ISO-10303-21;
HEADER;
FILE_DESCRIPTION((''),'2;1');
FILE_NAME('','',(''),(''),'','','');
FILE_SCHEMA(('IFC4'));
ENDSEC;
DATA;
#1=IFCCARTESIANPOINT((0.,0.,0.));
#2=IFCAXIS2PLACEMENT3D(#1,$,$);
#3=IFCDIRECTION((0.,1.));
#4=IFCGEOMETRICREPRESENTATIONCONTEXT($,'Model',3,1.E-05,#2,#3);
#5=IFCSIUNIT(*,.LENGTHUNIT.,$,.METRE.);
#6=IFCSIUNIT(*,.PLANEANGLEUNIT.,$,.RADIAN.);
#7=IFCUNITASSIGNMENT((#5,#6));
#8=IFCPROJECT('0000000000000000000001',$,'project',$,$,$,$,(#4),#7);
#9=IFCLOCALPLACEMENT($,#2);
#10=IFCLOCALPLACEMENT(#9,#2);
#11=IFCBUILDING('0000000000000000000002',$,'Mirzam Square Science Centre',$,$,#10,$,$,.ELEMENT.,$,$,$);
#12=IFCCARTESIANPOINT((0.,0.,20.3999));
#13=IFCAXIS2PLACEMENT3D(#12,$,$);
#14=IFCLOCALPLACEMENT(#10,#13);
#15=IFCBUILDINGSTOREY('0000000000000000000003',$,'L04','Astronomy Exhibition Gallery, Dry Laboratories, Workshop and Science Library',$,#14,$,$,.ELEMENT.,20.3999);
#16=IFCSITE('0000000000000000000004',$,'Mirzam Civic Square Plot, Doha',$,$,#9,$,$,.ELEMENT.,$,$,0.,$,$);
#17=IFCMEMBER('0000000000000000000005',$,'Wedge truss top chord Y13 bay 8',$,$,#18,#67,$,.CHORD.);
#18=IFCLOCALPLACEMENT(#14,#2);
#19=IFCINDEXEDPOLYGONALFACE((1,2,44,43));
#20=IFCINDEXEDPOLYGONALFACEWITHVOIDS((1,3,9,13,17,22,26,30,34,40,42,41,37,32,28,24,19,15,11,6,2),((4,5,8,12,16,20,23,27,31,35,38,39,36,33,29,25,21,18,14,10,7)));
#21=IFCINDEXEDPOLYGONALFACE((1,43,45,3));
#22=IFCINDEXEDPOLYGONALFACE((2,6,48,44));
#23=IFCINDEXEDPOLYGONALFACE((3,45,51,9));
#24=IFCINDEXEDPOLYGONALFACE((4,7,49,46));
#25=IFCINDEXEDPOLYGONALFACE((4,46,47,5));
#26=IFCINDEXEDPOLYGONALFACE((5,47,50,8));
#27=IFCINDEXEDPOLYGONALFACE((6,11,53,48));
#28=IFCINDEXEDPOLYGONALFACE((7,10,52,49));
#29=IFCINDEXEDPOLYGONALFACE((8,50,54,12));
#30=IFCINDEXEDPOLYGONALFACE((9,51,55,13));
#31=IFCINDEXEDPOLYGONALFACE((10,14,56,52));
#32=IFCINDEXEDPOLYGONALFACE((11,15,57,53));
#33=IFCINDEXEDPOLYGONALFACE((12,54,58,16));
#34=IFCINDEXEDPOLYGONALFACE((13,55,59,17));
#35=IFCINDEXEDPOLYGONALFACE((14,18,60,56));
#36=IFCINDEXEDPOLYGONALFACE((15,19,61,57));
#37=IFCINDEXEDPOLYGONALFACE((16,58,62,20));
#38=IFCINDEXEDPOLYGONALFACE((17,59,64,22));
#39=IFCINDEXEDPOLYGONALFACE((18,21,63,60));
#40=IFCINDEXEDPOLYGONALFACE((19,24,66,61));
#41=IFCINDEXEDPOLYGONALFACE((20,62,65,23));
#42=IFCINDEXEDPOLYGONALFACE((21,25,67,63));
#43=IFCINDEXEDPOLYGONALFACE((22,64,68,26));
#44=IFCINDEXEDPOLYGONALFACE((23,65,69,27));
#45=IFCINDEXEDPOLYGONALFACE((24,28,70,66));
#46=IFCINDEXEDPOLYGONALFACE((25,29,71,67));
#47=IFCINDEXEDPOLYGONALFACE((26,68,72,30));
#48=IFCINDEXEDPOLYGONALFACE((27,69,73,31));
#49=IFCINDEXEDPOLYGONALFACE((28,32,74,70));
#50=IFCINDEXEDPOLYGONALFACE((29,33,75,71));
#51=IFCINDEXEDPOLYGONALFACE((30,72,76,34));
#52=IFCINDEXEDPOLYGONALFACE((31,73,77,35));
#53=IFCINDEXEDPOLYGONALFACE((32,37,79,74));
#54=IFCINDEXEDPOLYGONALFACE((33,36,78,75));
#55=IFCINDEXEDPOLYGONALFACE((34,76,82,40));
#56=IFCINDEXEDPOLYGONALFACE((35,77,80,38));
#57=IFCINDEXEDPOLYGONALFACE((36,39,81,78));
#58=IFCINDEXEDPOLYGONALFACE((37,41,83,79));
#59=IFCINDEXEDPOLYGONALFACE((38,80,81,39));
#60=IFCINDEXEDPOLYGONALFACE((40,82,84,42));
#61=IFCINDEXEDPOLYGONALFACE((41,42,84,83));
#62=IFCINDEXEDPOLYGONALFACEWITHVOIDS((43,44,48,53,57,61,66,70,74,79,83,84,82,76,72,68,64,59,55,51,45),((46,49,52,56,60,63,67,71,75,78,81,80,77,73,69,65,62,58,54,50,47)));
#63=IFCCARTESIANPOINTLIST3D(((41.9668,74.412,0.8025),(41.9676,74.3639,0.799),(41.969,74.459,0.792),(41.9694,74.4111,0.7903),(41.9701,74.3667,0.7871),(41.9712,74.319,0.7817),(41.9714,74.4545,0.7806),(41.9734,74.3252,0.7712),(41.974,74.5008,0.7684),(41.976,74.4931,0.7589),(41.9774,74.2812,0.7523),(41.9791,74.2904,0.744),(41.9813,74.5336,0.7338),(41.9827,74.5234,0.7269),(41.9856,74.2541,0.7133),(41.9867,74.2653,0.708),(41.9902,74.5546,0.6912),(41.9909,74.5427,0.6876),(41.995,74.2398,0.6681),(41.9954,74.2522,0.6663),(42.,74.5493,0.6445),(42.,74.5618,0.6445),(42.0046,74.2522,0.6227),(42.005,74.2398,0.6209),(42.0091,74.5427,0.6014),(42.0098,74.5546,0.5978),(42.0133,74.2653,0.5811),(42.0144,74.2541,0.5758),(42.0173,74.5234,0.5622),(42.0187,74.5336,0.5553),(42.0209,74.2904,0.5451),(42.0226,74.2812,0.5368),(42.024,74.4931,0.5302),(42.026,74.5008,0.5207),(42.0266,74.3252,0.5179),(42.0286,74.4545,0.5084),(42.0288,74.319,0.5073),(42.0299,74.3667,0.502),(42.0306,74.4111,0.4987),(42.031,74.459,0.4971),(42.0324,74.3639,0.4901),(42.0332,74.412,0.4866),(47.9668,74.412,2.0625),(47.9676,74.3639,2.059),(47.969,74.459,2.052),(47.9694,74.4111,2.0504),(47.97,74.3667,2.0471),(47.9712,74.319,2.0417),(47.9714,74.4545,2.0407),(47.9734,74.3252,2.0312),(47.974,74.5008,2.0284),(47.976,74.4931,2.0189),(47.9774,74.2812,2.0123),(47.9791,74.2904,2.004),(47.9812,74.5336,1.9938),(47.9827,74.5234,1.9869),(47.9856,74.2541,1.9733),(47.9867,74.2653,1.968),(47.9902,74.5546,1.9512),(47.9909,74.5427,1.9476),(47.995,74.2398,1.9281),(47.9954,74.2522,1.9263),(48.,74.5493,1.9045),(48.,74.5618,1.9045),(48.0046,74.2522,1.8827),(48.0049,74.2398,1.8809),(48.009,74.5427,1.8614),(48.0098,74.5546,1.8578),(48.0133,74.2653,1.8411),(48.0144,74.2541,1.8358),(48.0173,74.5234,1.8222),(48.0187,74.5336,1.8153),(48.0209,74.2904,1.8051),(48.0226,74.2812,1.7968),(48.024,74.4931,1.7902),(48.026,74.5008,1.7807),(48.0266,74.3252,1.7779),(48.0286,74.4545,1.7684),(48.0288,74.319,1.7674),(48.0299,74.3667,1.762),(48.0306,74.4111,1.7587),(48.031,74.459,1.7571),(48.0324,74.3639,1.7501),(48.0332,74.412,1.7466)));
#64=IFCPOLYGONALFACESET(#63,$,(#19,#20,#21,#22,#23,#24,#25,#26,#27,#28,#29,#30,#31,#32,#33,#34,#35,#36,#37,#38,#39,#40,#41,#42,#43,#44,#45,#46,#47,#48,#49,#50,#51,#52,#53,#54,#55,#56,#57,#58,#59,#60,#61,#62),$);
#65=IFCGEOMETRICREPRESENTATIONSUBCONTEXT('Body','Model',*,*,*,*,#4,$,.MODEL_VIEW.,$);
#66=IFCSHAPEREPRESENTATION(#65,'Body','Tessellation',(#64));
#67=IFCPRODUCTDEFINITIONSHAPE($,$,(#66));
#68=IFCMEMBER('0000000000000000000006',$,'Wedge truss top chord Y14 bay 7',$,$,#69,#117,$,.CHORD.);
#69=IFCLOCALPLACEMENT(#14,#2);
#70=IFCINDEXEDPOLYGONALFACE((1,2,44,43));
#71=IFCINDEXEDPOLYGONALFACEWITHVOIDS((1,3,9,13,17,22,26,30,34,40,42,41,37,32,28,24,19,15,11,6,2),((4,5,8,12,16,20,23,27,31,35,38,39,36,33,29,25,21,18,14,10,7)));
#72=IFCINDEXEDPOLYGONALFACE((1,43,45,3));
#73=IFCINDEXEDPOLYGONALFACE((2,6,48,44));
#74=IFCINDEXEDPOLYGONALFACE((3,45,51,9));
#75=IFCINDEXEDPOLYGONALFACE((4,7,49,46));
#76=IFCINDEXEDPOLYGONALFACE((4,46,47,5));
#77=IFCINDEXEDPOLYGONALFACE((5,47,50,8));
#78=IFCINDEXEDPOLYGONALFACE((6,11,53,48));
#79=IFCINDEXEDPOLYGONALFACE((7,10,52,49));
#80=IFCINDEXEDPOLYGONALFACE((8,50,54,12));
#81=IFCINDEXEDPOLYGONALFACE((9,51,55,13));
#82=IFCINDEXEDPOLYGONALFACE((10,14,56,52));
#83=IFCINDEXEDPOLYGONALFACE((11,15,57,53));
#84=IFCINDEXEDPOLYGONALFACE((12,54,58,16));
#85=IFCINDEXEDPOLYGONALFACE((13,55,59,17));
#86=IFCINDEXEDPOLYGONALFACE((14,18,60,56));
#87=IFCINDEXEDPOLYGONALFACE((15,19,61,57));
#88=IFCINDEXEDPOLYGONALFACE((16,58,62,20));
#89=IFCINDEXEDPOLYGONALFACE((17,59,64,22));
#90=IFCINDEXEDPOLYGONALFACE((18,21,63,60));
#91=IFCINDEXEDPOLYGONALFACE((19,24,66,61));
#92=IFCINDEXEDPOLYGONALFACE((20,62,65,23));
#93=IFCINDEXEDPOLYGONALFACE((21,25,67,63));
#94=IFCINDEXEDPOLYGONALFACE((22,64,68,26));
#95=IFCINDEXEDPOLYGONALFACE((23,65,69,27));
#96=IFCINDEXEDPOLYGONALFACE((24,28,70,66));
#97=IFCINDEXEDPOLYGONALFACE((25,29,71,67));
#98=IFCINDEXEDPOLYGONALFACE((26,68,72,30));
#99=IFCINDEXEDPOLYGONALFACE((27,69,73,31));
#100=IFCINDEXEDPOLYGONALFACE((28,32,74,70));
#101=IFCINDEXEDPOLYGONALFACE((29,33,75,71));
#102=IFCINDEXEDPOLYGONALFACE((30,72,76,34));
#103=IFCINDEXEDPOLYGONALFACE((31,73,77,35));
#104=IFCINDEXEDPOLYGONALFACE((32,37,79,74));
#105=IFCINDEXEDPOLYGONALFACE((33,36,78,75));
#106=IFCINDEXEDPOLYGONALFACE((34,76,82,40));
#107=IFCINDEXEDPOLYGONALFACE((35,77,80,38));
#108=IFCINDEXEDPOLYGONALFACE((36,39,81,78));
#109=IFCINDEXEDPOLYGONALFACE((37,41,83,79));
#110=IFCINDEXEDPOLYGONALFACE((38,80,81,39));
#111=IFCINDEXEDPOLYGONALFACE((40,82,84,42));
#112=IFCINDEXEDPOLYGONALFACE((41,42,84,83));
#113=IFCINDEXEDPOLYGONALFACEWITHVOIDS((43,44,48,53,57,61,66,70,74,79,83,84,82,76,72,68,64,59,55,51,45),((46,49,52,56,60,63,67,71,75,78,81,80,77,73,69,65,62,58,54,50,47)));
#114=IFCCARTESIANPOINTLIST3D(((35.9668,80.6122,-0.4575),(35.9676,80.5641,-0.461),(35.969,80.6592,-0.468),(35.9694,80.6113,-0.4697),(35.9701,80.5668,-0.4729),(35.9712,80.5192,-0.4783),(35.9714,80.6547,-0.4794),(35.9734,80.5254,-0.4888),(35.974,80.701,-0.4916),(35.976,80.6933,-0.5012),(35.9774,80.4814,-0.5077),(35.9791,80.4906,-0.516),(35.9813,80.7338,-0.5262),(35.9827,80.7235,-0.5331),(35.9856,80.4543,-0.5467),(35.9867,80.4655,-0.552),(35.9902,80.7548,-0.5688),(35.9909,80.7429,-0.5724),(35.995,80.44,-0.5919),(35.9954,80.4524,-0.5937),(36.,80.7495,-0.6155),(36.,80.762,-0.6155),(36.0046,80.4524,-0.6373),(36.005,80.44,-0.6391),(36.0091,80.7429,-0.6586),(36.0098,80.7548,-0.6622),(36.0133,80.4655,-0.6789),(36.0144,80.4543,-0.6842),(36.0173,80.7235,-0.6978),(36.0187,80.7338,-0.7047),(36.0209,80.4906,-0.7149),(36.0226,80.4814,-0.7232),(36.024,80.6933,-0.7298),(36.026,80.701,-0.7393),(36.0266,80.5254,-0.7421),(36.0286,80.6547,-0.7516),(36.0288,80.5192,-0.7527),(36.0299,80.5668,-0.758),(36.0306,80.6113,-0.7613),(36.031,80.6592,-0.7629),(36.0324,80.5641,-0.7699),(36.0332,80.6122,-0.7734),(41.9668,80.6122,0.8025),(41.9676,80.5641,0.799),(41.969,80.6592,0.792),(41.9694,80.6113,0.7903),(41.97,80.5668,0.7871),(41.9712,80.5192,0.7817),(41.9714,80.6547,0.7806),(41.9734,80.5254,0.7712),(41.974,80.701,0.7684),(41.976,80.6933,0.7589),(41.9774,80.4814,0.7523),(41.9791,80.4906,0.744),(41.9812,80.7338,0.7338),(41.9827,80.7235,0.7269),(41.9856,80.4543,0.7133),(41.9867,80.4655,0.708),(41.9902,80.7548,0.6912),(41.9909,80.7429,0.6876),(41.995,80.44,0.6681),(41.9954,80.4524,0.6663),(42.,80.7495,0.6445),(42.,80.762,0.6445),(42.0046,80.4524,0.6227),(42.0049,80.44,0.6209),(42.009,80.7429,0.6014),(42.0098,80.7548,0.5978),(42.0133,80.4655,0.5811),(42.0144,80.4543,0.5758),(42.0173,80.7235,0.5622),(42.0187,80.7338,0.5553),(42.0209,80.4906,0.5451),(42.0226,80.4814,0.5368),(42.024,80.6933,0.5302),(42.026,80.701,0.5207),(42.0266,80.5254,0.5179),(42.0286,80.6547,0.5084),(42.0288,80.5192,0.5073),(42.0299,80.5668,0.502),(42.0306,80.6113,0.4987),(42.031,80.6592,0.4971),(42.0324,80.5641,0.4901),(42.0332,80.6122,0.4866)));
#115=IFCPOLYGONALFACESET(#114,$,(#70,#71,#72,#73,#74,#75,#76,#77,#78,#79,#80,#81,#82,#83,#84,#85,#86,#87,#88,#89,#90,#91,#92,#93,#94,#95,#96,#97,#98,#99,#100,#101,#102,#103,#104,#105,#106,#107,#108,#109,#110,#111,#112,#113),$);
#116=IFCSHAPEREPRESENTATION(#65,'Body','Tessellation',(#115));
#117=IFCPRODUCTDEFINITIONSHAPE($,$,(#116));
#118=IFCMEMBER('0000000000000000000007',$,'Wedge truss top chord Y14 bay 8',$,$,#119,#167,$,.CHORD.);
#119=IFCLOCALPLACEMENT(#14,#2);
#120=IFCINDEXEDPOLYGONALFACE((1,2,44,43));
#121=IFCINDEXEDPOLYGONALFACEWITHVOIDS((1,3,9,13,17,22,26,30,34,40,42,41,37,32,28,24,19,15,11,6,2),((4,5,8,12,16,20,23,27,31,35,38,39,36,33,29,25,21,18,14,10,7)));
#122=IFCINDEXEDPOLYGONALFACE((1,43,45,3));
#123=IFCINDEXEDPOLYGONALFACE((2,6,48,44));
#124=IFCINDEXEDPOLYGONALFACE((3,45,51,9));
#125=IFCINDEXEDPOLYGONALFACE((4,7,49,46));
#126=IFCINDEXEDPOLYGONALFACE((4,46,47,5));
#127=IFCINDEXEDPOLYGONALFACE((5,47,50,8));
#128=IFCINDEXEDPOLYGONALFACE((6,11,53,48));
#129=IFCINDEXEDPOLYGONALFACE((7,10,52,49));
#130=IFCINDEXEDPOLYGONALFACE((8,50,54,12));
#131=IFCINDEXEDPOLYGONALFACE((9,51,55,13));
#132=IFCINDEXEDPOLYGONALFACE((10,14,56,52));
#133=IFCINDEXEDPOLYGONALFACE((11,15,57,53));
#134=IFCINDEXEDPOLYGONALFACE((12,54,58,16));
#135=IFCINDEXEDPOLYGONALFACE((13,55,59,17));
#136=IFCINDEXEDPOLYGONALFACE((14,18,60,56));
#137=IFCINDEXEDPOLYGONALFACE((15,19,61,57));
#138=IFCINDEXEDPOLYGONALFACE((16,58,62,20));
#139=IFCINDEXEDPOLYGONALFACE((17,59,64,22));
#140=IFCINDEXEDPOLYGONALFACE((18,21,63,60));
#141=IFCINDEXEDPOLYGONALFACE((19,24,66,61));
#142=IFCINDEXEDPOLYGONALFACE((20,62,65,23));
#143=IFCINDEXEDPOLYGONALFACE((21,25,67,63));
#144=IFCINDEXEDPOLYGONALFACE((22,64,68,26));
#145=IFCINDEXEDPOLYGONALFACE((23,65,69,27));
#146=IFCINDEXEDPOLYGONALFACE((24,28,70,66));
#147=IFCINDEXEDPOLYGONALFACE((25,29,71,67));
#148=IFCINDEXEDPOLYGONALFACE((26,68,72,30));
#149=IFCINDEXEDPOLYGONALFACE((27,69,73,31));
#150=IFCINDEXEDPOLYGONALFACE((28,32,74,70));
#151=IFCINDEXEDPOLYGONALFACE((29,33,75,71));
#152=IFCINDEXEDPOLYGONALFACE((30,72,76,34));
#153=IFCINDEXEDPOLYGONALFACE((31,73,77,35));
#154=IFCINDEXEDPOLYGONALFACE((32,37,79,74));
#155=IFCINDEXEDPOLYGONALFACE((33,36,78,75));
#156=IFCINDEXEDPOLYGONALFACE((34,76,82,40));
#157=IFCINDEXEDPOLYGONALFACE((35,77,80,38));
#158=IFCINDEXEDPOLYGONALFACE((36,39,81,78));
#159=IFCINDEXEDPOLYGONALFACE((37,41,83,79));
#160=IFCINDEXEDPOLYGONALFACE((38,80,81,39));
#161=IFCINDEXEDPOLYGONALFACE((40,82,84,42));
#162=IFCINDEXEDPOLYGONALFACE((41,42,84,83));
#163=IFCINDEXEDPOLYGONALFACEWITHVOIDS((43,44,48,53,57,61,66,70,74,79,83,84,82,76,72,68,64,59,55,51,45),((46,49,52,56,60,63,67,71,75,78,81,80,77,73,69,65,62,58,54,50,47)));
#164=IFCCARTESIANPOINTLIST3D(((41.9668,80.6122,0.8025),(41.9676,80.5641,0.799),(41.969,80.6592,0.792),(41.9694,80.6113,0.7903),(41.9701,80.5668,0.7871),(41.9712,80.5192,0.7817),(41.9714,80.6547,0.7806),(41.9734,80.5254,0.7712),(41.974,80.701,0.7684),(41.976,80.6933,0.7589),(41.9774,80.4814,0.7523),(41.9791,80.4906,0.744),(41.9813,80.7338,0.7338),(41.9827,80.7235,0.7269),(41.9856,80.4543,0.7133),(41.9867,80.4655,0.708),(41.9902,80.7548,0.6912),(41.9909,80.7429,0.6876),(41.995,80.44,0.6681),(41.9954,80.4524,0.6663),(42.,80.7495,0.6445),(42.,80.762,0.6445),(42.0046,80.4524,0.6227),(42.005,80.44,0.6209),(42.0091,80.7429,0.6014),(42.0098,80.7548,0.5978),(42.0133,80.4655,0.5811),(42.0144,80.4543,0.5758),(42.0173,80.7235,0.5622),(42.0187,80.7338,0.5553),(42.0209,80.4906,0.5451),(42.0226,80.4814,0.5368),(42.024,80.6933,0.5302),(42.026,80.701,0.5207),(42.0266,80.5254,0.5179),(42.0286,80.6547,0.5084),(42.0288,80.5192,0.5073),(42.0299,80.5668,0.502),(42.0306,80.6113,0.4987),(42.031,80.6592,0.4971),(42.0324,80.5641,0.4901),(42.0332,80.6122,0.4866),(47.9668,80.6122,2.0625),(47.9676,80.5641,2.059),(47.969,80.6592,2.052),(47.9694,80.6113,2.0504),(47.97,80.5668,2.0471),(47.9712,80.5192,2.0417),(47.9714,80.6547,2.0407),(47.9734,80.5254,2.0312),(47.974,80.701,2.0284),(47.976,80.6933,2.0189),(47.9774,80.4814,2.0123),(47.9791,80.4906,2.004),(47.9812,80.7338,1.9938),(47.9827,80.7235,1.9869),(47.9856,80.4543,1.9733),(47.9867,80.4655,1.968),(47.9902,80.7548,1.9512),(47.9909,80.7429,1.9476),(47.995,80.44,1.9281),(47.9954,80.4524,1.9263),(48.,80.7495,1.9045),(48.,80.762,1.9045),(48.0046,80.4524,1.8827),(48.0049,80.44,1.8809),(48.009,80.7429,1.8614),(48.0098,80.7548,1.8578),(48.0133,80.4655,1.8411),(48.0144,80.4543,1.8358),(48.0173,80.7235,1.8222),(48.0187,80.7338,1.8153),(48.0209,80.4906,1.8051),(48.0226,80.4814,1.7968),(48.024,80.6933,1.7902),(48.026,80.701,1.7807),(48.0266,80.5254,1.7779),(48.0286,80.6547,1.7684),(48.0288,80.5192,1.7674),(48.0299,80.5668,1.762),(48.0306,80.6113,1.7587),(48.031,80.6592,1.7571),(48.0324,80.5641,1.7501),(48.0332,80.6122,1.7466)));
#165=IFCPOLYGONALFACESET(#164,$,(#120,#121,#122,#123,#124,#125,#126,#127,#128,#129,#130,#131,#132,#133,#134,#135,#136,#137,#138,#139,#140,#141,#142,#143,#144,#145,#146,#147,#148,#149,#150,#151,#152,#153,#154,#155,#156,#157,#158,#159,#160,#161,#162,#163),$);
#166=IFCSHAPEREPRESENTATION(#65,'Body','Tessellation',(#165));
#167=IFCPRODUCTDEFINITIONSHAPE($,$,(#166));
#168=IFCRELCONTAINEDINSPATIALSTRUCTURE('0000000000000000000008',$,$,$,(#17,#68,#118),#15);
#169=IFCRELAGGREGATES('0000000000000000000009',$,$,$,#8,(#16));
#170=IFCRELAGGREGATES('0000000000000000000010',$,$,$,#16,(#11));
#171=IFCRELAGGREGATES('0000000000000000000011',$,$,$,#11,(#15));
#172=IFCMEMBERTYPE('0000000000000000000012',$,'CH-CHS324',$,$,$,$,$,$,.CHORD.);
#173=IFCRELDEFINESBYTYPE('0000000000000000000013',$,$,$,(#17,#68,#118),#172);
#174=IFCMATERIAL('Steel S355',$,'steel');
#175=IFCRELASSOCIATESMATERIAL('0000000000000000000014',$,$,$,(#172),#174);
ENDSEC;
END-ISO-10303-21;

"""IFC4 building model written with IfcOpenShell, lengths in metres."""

from ifc_helpers import new_model, si_unit, direction, frame, origin, origin_2d, place, context, subcontext, project, spatial, hollow_circle, extrude, material, material_profile, profile_set, type_object, element, save


model = new_model("IFC4")

# Units and contexts
model_context = context("Model", 3, precision=1e-05, world=origin(), true_north=direction((0.0, 1.0)))
body_context = subcontext(model_context, "Body", "Model", "MODEL_VIEW")
ifc_project = project(units=[si_unit("LENGTHUNIT", "METRE"), si_unit("PLANEANGLEUNIT", "RADIAN")], contexts=[model_context])

# Site, building, storey
site_placement = place(None, origin())
site = spatial("IfcSite", under=ifc_project, at=site_placement, Name="Mirzam Civic Square Plot, Doha", CompositionType="ELEMENT", RefElevation=0.0)
building_placement = place(site_placement, origin())
building = spatial("IfcBuilding", under=site, at=building_placement, Name="Mirzam Square Science Centre", CompositionType="ELEMENT")
storey_placement = place(building_placement, frame((0.0, 0.0, 20.3999)))
storey = spatial("IfcBuildingStorey", under=building, at=storey_placement, Name="L04", Description="Astronomy Exhibition Gallery, Dry Laboratories, Workshop and Science Library", CompositionType="ELEMENT", Elevation=20.3999)

# Members
ifc_material = material(Name="Steel S355", Category="steel")
ifc_material_profile_1 = material_profile(ifc_material, hollow_circle(Radius=0.1619, WallThickness=0.0125, at=origin_2d()), Name="323.9x12.5CHS")
ifc_profile_set_1 = profile_set([ifc_material_profile_1], Name="Steel S355")
member_type_1 = type_object("IfcMemberType", Name="CH-CHS324", PredefinedType="CHORD", material=ifc_profile_set_1)
for number, where, z_axis, x_axis, name in (
    (1, (42.0, 74.3999, 0.6445), (0.978653, 0.0, 0.205519), (0.0, 1.0, 0.0), "Wedge truss top chord Y13 bay 8"),
    (2, (36.0, 80.6001, -0.6155), (0.978653, 0.0, 0.205519), (0.0, 1.0, 0.0), "Wedge truss top chord Y14 bay 7"),
    (3, (42.0, 80.6001, 0.6445), (0.978653, 0.0, 0.205519), (0.0, 1.0, 0.0), "Wedge truss top chord Y14 bay 8"),
):
    element("IfcMember", number, at=place(storey_placement, frame(where, z_axis=z_axis, x_axis=x_axis)), inside=storey, type_object=member_type_1, Name=name, PredefinedType="CHORD", context=body_context, shape_type="SweptSolid", body=[
        extrude(hollow_circle(Radius=0.1619, WallThickness=0.0125, at=origin_2d()), origin(), (0.0, 0.0, 1.0), 6.1309),
    ])

save(model, "model.ifc")
